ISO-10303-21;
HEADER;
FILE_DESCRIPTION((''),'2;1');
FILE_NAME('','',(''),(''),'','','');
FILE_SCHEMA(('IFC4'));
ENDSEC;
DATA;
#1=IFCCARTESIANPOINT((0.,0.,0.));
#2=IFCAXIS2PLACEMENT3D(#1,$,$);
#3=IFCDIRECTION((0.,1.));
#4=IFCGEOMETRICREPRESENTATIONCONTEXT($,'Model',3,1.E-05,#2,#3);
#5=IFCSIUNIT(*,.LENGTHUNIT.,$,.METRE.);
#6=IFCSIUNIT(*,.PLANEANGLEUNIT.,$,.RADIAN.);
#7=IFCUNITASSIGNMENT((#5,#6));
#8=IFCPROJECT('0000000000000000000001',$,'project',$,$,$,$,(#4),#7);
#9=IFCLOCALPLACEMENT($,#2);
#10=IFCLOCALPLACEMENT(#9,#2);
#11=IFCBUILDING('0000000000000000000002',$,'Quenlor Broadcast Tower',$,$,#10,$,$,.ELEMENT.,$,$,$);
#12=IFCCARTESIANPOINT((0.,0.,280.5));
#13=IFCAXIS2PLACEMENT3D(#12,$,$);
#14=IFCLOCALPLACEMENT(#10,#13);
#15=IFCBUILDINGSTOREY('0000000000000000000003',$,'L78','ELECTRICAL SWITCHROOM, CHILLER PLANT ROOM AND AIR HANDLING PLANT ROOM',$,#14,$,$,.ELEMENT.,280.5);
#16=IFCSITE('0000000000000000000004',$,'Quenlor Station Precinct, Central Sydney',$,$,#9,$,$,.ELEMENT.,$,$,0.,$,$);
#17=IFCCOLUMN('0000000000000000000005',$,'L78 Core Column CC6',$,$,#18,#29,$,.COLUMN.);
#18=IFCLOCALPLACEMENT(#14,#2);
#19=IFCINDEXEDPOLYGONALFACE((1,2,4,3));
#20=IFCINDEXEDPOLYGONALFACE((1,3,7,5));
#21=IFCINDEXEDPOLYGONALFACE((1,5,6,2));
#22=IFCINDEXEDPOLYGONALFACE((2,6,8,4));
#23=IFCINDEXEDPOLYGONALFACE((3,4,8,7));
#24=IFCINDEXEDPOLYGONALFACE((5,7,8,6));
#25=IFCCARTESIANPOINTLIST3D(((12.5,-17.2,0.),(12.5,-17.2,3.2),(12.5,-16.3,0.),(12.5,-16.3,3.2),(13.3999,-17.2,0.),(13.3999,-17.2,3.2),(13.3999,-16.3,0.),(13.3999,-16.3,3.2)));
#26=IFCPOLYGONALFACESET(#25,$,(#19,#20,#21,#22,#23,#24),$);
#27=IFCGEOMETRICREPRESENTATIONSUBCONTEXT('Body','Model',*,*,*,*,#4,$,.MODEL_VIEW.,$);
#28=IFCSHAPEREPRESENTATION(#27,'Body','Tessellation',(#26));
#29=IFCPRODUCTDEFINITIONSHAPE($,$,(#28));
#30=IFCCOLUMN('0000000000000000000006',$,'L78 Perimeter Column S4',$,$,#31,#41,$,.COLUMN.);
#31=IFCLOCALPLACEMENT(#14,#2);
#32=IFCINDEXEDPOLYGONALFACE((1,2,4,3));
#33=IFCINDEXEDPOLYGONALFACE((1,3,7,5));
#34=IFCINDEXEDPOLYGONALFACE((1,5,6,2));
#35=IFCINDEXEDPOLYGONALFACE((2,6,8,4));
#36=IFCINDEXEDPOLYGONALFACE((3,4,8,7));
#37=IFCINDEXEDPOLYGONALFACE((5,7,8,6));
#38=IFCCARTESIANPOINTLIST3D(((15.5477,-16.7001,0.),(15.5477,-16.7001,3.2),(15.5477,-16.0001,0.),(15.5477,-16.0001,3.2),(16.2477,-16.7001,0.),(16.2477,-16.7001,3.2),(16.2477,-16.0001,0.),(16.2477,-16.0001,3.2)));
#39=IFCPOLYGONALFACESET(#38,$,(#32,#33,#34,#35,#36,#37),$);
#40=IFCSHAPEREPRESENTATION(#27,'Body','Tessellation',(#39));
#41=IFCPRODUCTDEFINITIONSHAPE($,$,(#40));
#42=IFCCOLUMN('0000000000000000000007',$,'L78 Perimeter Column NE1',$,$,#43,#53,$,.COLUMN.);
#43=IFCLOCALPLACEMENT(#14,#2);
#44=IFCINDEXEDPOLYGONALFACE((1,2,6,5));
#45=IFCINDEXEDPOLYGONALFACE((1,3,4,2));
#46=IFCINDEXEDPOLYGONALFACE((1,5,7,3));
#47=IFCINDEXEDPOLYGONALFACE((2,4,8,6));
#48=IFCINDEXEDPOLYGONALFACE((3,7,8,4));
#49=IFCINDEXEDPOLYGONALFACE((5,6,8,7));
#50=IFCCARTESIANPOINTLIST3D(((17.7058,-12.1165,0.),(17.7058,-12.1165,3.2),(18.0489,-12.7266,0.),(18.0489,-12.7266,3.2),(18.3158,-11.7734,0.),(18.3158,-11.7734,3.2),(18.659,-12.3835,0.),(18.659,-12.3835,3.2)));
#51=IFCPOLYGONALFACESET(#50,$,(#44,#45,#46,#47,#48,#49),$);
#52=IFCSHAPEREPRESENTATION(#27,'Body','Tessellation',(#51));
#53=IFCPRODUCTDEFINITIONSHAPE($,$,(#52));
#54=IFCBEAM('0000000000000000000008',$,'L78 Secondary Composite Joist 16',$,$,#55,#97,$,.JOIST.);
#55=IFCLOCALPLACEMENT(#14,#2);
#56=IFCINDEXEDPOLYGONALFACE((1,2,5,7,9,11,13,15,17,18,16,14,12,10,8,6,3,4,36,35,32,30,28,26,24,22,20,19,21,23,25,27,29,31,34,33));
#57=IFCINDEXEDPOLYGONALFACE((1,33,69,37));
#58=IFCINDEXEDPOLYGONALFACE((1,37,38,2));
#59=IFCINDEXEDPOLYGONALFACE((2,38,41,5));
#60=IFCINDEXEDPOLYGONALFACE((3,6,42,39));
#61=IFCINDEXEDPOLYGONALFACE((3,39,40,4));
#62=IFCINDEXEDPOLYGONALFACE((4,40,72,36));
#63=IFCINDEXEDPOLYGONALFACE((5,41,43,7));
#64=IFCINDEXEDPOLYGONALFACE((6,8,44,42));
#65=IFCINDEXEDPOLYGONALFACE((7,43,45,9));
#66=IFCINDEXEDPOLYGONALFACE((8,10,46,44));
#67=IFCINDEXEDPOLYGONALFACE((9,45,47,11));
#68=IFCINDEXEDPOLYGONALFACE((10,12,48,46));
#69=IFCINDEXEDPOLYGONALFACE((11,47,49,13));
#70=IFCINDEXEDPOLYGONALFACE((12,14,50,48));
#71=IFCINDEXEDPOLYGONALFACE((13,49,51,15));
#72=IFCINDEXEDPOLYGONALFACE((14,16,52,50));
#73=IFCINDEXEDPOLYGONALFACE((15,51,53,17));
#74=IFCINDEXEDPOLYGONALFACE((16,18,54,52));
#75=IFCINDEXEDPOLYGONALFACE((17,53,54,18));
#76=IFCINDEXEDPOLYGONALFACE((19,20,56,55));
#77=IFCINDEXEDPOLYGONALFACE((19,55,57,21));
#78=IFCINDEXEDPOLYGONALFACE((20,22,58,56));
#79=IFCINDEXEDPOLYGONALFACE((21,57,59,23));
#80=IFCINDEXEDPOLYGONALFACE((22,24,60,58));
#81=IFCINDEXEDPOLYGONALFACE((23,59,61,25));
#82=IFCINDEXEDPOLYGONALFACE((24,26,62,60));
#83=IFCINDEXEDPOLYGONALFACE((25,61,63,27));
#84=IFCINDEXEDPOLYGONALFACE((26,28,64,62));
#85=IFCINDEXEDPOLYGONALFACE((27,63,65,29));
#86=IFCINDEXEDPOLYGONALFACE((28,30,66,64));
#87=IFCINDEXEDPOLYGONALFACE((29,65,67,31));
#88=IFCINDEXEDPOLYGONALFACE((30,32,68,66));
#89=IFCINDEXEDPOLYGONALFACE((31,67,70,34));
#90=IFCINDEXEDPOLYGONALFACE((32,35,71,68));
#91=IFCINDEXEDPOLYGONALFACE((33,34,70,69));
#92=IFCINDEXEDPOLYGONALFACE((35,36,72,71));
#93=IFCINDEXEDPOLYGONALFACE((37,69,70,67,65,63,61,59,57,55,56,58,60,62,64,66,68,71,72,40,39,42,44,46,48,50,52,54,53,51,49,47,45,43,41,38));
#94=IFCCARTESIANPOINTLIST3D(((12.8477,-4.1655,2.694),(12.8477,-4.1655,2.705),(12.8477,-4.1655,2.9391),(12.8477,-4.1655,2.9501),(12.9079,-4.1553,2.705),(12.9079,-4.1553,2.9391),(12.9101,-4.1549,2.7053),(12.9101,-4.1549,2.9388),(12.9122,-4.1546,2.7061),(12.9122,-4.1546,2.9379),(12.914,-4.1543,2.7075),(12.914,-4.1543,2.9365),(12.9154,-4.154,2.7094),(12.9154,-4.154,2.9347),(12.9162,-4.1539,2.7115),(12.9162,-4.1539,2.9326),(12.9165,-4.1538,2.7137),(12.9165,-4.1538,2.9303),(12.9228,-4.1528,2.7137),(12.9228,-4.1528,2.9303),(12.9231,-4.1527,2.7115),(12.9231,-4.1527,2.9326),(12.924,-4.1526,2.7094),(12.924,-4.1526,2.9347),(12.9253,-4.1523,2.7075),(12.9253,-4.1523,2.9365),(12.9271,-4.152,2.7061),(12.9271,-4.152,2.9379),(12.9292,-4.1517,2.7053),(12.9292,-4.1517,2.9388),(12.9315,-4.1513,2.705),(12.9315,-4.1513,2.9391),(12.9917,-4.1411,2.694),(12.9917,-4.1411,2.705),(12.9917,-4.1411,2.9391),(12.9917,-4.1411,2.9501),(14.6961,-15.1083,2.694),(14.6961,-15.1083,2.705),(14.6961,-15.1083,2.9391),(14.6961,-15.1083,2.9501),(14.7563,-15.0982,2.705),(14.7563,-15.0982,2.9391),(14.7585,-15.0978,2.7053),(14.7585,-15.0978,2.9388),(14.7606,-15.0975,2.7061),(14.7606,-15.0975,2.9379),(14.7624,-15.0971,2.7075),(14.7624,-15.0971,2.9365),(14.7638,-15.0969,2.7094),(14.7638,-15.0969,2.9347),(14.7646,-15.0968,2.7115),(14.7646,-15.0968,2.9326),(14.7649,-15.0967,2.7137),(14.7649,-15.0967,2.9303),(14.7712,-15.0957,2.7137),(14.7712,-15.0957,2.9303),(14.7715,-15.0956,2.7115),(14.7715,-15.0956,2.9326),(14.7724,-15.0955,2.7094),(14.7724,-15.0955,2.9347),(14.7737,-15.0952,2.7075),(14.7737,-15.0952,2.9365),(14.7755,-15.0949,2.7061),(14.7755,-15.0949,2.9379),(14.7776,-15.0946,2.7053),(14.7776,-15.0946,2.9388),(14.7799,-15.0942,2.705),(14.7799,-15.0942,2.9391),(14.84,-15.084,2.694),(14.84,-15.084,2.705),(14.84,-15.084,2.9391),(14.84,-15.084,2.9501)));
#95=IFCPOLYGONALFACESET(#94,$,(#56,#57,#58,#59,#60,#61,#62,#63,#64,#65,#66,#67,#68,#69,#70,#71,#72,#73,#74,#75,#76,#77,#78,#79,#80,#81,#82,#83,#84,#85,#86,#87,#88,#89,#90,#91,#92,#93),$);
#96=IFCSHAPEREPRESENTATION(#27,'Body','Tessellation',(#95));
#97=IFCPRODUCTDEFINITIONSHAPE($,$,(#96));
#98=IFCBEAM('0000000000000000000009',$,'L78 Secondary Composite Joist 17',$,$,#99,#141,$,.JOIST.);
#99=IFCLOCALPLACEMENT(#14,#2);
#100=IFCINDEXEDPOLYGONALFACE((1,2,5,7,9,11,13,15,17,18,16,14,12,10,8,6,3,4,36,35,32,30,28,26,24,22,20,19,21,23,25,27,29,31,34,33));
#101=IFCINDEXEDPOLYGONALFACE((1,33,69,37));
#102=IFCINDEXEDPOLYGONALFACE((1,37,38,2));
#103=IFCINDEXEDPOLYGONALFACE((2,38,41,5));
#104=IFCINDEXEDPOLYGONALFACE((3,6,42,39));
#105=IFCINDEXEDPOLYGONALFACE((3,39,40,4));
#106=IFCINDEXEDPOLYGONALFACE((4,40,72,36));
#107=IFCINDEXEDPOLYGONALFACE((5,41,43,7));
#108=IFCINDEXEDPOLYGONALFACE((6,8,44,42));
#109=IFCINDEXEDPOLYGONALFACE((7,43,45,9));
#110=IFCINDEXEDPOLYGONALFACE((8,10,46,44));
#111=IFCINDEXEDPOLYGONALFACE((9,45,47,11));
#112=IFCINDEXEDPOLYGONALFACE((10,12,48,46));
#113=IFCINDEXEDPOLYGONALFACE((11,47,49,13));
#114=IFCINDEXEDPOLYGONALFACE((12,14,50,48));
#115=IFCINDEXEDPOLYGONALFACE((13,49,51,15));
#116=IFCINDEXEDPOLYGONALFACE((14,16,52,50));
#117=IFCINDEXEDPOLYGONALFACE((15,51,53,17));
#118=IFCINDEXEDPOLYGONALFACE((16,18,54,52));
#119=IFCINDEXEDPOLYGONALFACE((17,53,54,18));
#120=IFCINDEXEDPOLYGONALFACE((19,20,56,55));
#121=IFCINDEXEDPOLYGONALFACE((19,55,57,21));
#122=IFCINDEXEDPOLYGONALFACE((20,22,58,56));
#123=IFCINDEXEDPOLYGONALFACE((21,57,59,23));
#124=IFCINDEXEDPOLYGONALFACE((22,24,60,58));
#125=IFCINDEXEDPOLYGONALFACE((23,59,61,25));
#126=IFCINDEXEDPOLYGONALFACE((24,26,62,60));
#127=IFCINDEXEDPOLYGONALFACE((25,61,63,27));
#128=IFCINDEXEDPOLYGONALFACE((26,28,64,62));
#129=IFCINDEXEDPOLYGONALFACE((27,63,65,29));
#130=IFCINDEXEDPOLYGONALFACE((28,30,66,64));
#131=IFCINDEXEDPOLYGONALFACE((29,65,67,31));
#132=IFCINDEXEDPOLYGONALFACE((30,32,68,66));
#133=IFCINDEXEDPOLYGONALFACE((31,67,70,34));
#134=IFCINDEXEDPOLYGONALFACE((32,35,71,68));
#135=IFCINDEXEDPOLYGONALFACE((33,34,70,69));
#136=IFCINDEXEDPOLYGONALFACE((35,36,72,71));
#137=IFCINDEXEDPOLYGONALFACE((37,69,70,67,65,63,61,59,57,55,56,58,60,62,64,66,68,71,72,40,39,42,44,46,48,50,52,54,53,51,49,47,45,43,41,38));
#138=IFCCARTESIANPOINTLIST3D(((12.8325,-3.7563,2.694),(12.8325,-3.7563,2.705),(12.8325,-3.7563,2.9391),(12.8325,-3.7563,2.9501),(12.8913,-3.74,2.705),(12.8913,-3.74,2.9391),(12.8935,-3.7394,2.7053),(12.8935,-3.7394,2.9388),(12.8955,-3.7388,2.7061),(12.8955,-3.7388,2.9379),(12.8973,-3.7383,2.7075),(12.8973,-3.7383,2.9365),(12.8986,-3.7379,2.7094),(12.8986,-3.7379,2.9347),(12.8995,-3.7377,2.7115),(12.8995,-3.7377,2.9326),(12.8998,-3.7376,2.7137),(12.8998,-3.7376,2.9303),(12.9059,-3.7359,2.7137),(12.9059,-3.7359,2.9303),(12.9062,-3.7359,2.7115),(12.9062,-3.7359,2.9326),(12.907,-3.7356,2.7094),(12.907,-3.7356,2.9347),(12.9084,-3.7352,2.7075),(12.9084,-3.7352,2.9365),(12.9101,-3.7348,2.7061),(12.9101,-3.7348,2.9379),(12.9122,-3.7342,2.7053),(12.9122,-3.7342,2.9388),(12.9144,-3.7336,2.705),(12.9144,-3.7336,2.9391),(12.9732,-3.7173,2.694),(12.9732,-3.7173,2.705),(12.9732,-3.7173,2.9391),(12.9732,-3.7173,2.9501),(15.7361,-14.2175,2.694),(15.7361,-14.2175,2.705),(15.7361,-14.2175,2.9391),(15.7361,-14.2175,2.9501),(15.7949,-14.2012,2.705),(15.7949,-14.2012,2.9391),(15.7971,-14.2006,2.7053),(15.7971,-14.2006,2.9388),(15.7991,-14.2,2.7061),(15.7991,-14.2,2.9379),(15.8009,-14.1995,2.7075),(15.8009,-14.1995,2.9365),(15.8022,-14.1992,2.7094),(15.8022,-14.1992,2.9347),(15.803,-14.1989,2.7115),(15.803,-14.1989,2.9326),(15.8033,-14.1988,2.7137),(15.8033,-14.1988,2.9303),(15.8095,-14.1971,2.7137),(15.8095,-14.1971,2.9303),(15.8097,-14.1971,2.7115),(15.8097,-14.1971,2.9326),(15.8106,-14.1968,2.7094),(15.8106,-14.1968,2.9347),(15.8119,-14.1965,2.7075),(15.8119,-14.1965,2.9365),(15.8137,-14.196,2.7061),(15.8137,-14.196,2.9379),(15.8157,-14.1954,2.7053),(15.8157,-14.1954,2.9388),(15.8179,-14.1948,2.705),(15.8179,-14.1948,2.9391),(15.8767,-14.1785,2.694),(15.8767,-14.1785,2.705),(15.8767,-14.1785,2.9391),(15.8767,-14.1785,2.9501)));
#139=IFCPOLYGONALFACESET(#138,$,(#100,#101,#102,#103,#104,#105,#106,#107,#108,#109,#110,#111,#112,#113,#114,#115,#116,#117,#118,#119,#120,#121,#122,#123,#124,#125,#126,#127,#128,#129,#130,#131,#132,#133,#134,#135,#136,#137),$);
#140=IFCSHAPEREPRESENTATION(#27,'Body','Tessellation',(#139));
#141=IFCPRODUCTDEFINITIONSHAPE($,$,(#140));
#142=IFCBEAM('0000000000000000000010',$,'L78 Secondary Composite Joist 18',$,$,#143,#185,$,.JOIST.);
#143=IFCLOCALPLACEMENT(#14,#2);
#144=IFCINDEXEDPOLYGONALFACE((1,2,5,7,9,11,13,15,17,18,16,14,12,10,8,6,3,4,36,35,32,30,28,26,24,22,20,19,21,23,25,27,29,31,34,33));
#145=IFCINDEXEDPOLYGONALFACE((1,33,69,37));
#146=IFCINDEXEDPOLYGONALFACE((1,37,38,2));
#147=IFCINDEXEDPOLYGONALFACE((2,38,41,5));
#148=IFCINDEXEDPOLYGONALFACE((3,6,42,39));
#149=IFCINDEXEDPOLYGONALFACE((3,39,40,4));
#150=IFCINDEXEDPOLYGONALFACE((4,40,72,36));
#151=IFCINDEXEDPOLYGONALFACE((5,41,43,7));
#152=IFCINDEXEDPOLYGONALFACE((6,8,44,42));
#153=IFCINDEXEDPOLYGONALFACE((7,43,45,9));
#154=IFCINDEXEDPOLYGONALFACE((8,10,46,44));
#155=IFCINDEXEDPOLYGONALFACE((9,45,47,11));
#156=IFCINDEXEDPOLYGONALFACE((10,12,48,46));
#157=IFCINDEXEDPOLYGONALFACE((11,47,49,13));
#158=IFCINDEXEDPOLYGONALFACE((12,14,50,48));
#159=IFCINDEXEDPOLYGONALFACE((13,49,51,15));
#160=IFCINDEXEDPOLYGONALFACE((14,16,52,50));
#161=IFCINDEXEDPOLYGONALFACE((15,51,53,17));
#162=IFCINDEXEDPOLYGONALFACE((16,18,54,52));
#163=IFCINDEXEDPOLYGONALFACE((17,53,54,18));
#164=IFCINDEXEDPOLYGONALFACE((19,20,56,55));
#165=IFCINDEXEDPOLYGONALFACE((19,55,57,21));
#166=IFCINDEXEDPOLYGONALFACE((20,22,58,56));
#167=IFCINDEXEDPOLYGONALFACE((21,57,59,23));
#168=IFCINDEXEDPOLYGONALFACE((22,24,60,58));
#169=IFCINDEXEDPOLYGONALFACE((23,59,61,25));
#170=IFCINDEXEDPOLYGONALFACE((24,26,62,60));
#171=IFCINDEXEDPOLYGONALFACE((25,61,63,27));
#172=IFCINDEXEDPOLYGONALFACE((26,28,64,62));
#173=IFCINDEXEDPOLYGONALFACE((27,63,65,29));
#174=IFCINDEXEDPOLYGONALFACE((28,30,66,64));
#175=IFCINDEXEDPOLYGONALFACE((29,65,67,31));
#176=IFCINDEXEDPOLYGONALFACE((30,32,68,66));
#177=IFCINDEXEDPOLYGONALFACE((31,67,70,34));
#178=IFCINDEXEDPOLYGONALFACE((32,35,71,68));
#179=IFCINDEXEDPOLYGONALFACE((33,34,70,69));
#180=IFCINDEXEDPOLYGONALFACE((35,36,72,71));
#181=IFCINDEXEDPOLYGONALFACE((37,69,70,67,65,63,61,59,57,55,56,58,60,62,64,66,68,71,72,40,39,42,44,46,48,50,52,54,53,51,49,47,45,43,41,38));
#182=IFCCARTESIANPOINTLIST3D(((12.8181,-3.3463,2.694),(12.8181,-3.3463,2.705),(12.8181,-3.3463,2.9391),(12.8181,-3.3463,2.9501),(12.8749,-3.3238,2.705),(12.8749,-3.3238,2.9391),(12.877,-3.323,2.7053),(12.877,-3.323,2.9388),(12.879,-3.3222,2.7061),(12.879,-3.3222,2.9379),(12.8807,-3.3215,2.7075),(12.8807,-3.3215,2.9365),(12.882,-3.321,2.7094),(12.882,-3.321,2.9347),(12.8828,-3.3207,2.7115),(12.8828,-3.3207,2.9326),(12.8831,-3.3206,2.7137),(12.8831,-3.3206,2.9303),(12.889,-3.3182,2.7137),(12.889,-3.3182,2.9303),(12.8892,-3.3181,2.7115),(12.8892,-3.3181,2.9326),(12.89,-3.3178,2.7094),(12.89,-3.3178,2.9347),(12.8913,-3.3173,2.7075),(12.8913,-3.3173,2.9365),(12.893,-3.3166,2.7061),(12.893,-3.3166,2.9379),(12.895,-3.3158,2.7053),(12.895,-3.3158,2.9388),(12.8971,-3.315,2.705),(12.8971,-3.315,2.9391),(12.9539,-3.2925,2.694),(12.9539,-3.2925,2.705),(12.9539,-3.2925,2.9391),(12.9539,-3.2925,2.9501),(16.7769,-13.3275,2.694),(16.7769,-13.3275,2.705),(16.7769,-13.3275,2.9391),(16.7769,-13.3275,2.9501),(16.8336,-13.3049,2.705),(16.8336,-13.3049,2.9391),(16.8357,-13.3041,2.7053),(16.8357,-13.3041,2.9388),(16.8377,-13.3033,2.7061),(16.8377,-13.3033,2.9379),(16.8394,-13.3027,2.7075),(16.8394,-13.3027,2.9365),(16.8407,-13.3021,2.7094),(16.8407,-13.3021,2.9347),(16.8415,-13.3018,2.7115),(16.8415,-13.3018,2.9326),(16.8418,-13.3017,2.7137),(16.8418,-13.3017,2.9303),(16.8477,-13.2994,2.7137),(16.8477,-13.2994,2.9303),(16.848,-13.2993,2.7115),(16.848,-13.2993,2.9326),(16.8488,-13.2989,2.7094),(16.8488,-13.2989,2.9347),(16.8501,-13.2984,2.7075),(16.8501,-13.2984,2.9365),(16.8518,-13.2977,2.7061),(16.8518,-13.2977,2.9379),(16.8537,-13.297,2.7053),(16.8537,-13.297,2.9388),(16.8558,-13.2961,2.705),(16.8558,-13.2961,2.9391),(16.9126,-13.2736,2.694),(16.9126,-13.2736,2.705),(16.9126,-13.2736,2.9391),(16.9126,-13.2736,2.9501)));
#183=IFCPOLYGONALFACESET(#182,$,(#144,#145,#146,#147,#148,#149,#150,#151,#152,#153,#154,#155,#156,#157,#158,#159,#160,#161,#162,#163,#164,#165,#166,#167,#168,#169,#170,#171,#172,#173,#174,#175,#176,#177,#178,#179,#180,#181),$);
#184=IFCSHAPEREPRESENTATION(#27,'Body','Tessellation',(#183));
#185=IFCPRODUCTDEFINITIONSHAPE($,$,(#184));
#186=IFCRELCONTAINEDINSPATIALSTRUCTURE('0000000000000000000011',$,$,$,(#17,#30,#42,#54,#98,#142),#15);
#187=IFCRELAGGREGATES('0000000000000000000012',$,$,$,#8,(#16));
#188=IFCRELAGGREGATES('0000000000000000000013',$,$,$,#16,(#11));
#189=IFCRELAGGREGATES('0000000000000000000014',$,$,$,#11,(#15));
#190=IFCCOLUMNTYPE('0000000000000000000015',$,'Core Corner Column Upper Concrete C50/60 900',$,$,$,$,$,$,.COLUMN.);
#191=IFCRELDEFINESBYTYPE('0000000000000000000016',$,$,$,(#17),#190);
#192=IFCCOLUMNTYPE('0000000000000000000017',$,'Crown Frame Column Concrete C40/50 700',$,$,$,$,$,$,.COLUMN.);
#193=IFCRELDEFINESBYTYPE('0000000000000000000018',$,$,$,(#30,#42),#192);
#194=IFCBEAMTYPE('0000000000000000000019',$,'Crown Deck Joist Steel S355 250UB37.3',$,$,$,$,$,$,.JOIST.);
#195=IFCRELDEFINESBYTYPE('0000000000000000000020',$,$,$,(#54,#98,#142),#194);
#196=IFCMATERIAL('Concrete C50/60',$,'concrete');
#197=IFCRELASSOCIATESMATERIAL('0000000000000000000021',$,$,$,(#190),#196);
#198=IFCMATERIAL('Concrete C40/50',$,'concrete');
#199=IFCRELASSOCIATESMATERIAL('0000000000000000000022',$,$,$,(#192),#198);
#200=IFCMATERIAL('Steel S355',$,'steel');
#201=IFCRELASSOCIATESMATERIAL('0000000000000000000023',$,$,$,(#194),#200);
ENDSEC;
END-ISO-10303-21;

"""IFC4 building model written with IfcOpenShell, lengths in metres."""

from ifc_helpers import new_model, si_unit, direction, frame, origin, origin_2d, place, context, subcontext, project, spatial, rectangle, i_section, extrude, material, material_profile, profile_set, type_object, element, save


model = new_model("IFC4")

# Units and contexts
model_context = context("Model", 3, precision=1e-05, world=origin(), true_north=direction((0.0, 1.0)))
body_context = subcontext(model_context, "Body", "Model", "MODEL_VIEW")
ifc_project = project(units=[si_unit("LENGTHUNIT", "METRE"), si_unit("PLANEANGLEUNIT", "RADIAN")], contexts=[model_context])

# Site, building, storey
site_placement = place(None, origin())
site = spatial("IfcSite", under=ifc_project, at=site_placement, Name="Quenlor Station Precinct, Central Sydney", CompositionType="ELEMENT", RefElevation=0.0)
building_placement = place(site_placement, origin())
building = spatial("IfcBuilding", under=site, at=building_placement, Name="Quenlor Broadcast Tower", CompositionType="ELEMENT")
storey_placement = place(building_placement, frame((0.0, 0.0, 280.5)))
storey = spatial("IfcBuildingStorey", under=building, at=storey_placement, Name="L78", Description="ELECTRICAL SWITCHROOM, CHILLER PLANT ROOM AND AIR HANDLING PLANT ROOM", CompositionType="ELEMENT", Elevation=280.5)

# Columns
ifc_material_1 = material(Name="Concrete C50/60", Category="concrete")
ifc_material_profile_1 = material_profile(ifc_material_1, rectangle(XDim=0.8999, YDim=0.8999, at=origin_2d()))
ifc_profile_set_1 = profile_set([ifc_material_profile_1], Name="Concrete C50/60 RC900x900")
column_type_1 = type_object("IfcColumnType", Name="Core Corner Column Upper Concrete C50/60 900", PredefinedType="COLUMN", material=ifc_profile_set_1)
column_placement = place(storey_placement, frame((12.95, -16.75, 0.0), z_axis=(0.0, 0.0, 1.0), x_axis=(1.0, 0.0, 0.0)))
element("IfcColumn", 1, at=column_placement, inside=storey, type_object=column_type_1, Name="L78 Core Column CC6", PredefinedType="COLUMN", context=body_context, shape_type="SweptSolid", body=[
    extrude(rectangle(XDim=0.8999, YDim=0.8999, at=origin_2d()), origin(), (0.0, 0.0, 1.0), 3.2),
])
ifc_material_2 = material(Name="Concrete C40/50", Category="concrete")
ifc_material_profile_2 = material_profile(ifc_material_2, rectangle(XDim=0.7, YDim=0.7, at=origin_2d()))
ifc_profile_set_2 = profile_set([ifc_material_profile_2], Name="Concrete C40/50 RC700x700")
column_type_2 = type_object("IfcColumnType", Name="Crown Frame Column Concrete C40/50 700", PredefinedType="COLUMN", material=ifc_profile_set_2)
for number, where, z_axis, x_axis, name in (
    (2, (15.8977, -16.3501, 0.0), (0.0, 0.0, 1.0), (0.0, 1.0, 0.0), "L78 Perimeter Column S4"),
    (3, (18.1824, -12.25, 0.0), (0.0, 0.0, 1.0), (0.871575, 0.490262, 0.0), "L78 Perimeter Column NE1"),
):
    element("IfcColumn", number, at=place(storey_placement, frame(where, z_axis=z_axis, x_axis=x_axis)), inside=storey, type_object=column_type_2, Name=name, PredefinedType="COLUMN", context=body_context, shape_type="SweptSolid", body=[
        extrude(rectangle(XDim=0.7, YDim=0.7, at=origin_2d()), origin(), (0.0, 0.0, 1.0), 3.2),
    ])

# Beams
ifc_material_3 = material(Name="Steel S355", Category="steel")
ifc_material_profile_3 = material_profile(ifc_material_3, i_section(OverallWidth=0.146, OverallDepth=0.2561, WebThickness=0.0063, FlangeThickness=0.011, FilletRadius=0.0088, at=origin_2d()))
ifc_profile_set_3 = profile_set([ifc_material_profile_3], Name="Steel S355 250UB37.3")
beam_type_1 = type_object("IfcBeamType", Name="Crown Deck Joist Steel S355 250UB37.3", PredefinedType="JOIST", material=ifc_profile_set_3)
beam_1_placement = place(storey_placement, frame((14.7681, -15.0962, 2.822), z_axis=(-0.166553, 0.986032, 0.0), x_axis=(-0.986032, -0.166553, 0.0)))
element("IfcBeam", 4, at=beam_1_placement, inside=storey, type_object=beam_type_1, Name="L78 Secondary Composite Joist 16", PredefinedType="JOIST", context=body_context, shape_type="SweptSolid", body=[
    extrude(i_section(OverallWidth=0.146, OverallDepth=0.2561, WebThickness=0.0063, FlangeThickness=0.011, FilletRadius=0.0088, at=origin_2d()), origin(), (0.0, 0.0, 1.0), 11.0979),
])
beam_2_placement = place(storey_placement, frame((15.8064, -14.198, 2.822), z_axis=(-0.267446, 0.963573, 0.0), x_axis=(-0.963573, -0.267446, 0.0)))
element("IfcBeam", 5, at=beam_2_placement, inside=storey, type_object=beam_type_1, Name="L78 Secondary Composite Joist 17", PredefinedType="JOIST", context=body_context, shape_type="SweptSolid", body=[
    extrude(i_section(OverallWidth=0.146, OverallDepth=0.2561, WebThickness=0.0063, FlangeThickness=0.011, FilletRadius=0.0088, at=origin_2d()), origin(), (0.0, 0.0, 1.0), 10.8567),
])
beam_3_placement = place(storey_placement, frame((16.8447, -13.3005, 2.822), z_axis=(-0.36868, 0.929556, 0.0), x_axis=(-0.929556, -0.36868, 0.0)))
element("IfcBeam", 6, at=beam_3_placement, inside=storey, type_object=beam_type_1, Name="L78 Secondary Composite Joist 18", PredefinedType="JOIST", context=body_context, shape_type="SweptSolid", body=[
    extrude(i_section(OverallWidth=0.146, OverallDepth=0.2561, WebThickness=0.0063, FlangeThickness=0.011, FilletRadius=0.0088, at=origin_2d()), origin(), (0.0, 0.0, 1.0), 10.7375),
])

save(model, "model.ifc")
